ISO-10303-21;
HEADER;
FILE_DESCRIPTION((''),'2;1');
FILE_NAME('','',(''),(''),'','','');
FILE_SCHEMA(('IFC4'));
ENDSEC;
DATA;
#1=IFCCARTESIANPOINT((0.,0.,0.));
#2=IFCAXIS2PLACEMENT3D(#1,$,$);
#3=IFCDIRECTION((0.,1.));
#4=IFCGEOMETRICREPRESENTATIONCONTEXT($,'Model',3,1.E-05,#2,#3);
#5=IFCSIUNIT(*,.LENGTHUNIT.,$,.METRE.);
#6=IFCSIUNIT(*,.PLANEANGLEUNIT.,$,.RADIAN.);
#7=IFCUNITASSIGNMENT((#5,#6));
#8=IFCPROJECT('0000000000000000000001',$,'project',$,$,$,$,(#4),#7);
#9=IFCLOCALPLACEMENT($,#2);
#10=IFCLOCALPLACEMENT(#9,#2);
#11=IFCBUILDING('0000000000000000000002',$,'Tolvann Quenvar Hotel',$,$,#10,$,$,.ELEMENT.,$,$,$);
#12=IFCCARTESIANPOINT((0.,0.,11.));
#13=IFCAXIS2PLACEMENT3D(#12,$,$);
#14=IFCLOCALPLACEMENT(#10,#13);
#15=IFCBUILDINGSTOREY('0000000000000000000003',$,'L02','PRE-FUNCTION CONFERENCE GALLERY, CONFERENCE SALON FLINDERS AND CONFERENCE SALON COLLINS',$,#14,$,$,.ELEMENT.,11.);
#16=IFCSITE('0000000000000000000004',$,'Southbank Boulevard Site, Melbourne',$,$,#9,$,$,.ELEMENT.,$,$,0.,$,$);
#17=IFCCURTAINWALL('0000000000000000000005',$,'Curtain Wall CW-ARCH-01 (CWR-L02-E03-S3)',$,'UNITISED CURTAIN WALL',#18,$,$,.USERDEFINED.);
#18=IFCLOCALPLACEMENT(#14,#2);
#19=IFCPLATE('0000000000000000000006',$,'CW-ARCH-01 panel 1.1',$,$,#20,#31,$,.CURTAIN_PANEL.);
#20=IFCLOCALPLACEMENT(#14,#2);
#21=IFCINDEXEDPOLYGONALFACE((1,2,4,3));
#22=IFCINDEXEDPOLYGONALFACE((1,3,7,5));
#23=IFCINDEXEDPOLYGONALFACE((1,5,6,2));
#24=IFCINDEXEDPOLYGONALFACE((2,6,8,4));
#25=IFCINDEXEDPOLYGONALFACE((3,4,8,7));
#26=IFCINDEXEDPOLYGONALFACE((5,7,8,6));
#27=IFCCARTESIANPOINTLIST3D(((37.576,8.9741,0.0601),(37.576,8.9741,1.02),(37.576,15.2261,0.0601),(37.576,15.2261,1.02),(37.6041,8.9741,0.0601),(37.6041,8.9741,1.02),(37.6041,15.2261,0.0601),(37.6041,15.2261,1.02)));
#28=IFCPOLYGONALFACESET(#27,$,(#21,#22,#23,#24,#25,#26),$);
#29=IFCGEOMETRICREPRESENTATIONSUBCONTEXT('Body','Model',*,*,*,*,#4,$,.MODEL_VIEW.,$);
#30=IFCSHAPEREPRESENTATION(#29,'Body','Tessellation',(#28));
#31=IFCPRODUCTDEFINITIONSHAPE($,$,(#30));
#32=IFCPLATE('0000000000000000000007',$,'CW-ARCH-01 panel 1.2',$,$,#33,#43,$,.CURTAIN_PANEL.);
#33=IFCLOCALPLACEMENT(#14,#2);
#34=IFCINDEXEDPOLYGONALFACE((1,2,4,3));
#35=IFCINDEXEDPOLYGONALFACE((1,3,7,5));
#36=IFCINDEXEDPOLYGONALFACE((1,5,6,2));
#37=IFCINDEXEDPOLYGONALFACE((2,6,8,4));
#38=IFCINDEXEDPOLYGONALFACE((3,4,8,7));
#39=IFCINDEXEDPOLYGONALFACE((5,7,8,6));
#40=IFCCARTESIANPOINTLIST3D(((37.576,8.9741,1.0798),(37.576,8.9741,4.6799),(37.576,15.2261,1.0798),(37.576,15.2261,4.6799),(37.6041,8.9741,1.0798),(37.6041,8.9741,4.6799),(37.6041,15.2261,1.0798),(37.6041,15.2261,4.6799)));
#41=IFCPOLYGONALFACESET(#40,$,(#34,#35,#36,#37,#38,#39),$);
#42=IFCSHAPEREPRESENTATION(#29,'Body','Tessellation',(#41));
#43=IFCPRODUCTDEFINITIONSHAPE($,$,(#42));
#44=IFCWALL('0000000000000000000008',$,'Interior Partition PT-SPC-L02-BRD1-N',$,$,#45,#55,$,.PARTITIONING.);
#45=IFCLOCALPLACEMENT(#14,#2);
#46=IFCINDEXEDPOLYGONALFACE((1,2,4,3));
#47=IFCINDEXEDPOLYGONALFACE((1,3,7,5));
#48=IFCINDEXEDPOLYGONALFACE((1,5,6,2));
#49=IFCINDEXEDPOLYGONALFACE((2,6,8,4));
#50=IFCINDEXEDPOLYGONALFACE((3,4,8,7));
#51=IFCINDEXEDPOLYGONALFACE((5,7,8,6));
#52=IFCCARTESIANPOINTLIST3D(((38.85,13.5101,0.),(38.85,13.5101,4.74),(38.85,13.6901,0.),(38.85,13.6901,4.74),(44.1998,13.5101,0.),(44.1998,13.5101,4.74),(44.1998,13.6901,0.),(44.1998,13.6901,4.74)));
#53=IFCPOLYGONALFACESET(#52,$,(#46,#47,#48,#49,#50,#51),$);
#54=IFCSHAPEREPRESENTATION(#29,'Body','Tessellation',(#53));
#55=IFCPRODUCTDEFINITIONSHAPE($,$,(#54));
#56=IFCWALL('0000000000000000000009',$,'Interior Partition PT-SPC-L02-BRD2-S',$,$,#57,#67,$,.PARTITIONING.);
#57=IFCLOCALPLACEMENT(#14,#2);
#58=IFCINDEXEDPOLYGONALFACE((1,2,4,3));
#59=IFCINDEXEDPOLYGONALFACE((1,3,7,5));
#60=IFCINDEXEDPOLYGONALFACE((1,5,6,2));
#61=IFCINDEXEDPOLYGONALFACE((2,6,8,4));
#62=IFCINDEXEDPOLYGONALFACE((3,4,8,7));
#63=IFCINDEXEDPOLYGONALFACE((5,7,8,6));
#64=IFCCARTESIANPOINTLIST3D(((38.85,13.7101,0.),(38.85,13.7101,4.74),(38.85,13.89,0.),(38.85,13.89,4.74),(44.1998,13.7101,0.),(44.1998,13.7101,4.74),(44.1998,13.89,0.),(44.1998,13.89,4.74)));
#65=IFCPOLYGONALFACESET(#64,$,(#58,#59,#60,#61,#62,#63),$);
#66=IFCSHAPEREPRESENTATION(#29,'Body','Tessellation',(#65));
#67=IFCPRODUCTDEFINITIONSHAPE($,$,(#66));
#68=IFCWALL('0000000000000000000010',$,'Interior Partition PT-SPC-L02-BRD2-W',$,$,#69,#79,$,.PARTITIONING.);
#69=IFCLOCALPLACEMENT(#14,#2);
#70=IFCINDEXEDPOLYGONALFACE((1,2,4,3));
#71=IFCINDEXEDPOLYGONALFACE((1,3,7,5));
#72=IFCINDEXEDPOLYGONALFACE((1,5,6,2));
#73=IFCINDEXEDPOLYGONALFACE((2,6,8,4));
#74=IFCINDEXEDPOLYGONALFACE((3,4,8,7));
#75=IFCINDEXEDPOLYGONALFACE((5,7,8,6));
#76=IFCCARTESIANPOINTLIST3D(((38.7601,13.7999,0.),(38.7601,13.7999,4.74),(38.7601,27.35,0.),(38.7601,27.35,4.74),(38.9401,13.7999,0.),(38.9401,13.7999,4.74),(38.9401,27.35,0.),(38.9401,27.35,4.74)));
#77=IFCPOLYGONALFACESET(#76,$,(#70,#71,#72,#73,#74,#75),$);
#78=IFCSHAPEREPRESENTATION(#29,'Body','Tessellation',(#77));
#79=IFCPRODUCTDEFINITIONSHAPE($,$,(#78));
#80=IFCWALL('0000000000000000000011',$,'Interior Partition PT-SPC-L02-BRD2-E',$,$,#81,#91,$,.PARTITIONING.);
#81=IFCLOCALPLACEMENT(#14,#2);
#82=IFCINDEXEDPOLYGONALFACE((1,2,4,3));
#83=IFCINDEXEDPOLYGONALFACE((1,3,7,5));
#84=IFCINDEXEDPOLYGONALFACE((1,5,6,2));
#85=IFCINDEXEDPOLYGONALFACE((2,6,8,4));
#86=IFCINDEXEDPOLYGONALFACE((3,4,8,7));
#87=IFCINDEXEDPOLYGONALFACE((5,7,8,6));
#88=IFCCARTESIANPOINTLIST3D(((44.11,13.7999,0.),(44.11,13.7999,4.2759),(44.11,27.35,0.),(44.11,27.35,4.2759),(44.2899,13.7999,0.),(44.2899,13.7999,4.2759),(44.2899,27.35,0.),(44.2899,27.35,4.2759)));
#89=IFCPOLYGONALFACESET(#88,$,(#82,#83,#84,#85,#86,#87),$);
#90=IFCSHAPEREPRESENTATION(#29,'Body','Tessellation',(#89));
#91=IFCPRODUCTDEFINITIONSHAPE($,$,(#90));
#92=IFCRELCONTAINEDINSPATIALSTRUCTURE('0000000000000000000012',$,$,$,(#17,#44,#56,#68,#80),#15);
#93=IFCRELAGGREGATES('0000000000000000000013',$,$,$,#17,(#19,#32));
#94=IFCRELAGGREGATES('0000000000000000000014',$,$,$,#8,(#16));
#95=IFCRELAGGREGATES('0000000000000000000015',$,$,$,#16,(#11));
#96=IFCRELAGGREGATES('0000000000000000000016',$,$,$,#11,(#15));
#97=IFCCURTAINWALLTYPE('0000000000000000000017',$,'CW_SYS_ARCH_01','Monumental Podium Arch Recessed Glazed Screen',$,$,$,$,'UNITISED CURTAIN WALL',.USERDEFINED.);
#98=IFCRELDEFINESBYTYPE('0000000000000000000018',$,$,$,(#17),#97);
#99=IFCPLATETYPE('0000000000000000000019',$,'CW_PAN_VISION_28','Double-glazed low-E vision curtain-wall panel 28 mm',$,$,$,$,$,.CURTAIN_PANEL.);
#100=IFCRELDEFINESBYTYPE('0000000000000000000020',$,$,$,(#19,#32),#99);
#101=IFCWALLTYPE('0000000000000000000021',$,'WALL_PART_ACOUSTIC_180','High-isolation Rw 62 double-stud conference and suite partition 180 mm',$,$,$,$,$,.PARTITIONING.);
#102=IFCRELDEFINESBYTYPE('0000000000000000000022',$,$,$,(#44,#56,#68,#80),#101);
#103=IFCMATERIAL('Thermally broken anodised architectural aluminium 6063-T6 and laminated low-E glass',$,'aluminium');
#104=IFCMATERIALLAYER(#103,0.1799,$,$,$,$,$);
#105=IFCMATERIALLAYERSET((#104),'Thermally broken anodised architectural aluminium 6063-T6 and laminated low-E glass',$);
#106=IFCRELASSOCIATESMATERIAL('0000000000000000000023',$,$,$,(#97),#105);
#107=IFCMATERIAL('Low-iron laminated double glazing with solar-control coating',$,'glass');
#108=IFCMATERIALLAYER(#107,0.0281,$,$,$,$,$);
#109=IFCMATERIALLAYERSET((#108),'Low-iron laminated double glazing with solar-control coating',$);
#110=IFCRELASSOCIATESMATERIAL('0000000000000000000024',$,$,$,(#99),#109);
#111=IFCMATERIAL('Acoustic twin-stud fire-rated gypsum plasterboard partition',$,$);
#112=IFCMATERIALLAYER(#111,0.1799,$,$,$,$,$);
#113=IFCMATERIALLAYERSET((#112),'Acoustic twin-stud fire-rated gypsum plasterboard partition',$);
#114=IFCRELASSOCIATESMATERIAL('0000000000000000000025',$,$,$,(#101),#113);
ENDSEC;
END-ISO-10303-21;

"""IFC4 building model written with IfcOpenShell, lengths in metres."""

from ifc_helpers import new_model, si_unit, direction, frame, frame_2d, origin, origin_2d, place, context, subcontext, project, spatial, rectangle, extrude, source, transform, mapped, material, layer, layer_set, type_object, type_shapes, element, aggregate, save


model = new_model("IFC4")

# Units and contexts
model_context = context("Model", 3, precision=1e-05, world=origin(), true_north=direction((0.0, 1.0)))
body_context = subcontext(model_context, "Body", "Model", "MODEL_VIEW")
ifc_project = project(units=[si_unit("LENGTHUNIT", "METRE"), si_unit("PLANEANGLEUNIT", "RADIAN")], contexts=[model_context])

# Site, building, storey
site_placement = place(None, origin())
site = spatial("IfcSite", under=ifc_project, at=site_placement, Name="Southbank Boulevard Site, Melbourne", CompositionType="ELEMENT", RefElevation=0.0)
building_placement = place(site_placement, origin())
building = spatial("IfcBuilding", under=site, at=building_placement, Name="Tolvann Quenvar Hotel", CompositionType="ELEMENT")
storey_placement = place(building_placement, frame((0.0, 0.0, 11.0)))
storey = spatial("IfcBuildingStorey", under=building, at=storey_placement, Name="L02", Description="PRE-FUNCTION CONFERENCE GALLERY, CONFERENCE SALON FLINDERS AND CONFERENCE SALON COLLINS", CompositionType="ELEMENT", Elevation=11.0)

# Curtain wall
ifc_material_1 = material(Name="Thermally broken anodised architectural aluminium 6063-T6 and laminated low-E glass", Category="aluminium")
ifc_layer_1 = layer(ifc_material_1, 0.1799)
ifc_layer_set_1 = layer_set([ifc_layer_1], Name="Thermally broken anodised architectural aluminium 6063-T6 and laminated low-E glass")
curtain_wall_type = type_object("IfcCurtainWallType", Name="CW_SYS_ARCH_01", Description="Monumental Podium Arch Recessed Glazed Screen", ElementType="UNITISED CURTAIN WALL", PredefinedType="USERDEFINED", material=ifc_layer_set_1)
curtain_wall_1_placement = place(storey_placement, origin())
curtain_wall_1 = element("IfcCurtainWall", 1, at=curtain_wall_1_placement, inside=storey, type_object=curtain_wall_type, Name="Curtain Wall CW-ARCH-01 (CWR-L02-E03-S3)", ObjectType="UNITISED CURTAIN WALL", PredefinedType="USERDEFINED")

# Plates
ifc_material_2 = material(Name="Low-iron laminated double glazing with solar-control coating", Category="glass")
ifc_layer_2 = layer(ifc_material_2, 0.0281)
ifc_layer_set_2 = layer_set([ifc_layer_2], Name="Low-iron laminated double glazing with solar-control coating")
plate_type_1 = type_object("IfcPlateType", Name="CW_PAN_VISION_28", Description="Double-glazed low-E vision curtain-wall panel 28 mm", PredefinedType="CURTAIN_PANEL", material=ifc_layer_set_2)
shared_shape_1 = source(origin(), body_context, "Body", "SweptSolid", [
    extrude(rectangle(XDim=6.252, YDim=0.0281, at=origin_2d()), origin(), (0.0, 0.0, 1.0), 0.96),
])
plate_1_placement = place(storey_placement, frame((37.5901, 12.1001, 0.0601), z_axis=(0.0, 0.0, 1.0), x_axis=(0.0, -1.0, 0.0)))
plate_1 = element("IfcPlate", 2, at=plate_1_placement, type_object=plate_type_1, Name="CW-ARCH-01 panel 1.1", PredefinedType="CURTAIN_PANEL", context=body_context, shape_type="MappedRepresentation", body=[
    mapped(shared_shape_1, transform((0.0, 0.0, 0.0), x_axis=(1.0, 0.0, 0.0), y_axis=(0.0, 1.0, 0.0), z_axis=(0.0, 0.0, 1.0), scale=1.0)),
])
shared_shape_2 = source(origin(), body_context, "Body", "SweptSolid", [
    extrude(rectangle(XDim=6.252, YDim=0.0281, at=origin_2d()), origin(), (0.0, 0.0, 1.0), 3.6001),
])
type_shapes(plate_type_1, [shared_shape_1, shared_shape_2])
plate_2_placement = place(storey_placement, frame((37.5901, 12.1001, 1.0798), z_axis=(0.0, 0.0, 1.0), x_axis=(0.0, -1.0, 0.0)))
plate_2 = element("IfcPlate", 3, at=plate_2_placement, type_object=plate_type_1, Name="CW-ARCH-01 panel 1.2", PredefinedType="CURTAIN_PANEL", context=body_context, shape_type="MappedRepresentation", body=[
    mapped(shared_shape_2, transform((0.0, 0.0, 0.0), x_axis=(1.0, 0.0, 0.0), y_axis=(0.0, 1.0, 0.0), z_axis=(0.0, 0.0, 1.0), scale=1.0)),
])
aggregate(curtain_wall_1, [plate_1, plate_2])

# Walls
ifc_material_3 = material(Name="Acoustic twin-stud fire-rated gypsum plasterboard partition")
ifc_layer_3 = layer(ifc_material_3, 0.1799)
ifc_layer_set_3 = layer_set([ifc_layer_3], Name="Acoustic twin-stud fire-rated gypsum plasterboard partition")
wall_type = type_object("IfcWallType", Name="WALL_PART_ACOUSTIC_180", Description="High-isolation Rw 62 double-stud conference and suite partition 180 mm", PredefinedType="PARTITIONING", material=ifc_layer_set_3)
for number, where, z_axis, x_axis, name in (
    (4, (38.8501, 13.6001, 0.0), (0.0, 0.0, 1.0), (1.0, 0.0, 0.0), "Interior Partition PT-SPC-L02-BRD1-N"),
    (5, (38.8501, 13.8, 0.0), (0.0, 0.0, 1.0), (1.0, 0.0, 0.0), "Interior Partition PT-SPC-L02-BRD2-S"),
):
    element("IfcWall", number, at=place(storey_placement, frame(where, z_axis=z_axis, x_axis=x_axis)), inside=storey, type_object=wall_type, Name=name, PredefinedType="PARTITIONING", context=body_context, shape_type="SweptSolid", body=[
        extrude(rectangle(XDim=5.3499, YDim=0.1799, at=frame_2d((2.6748, 0.0))), origin(), (0.0, 0.0, 1.0), 4.74),
    ])
wall_1_placement = place(storey_placement, frame((38.8501, 13.8, 0.0), z_axis=(0.0, 0.0, 1.0), x_axis=(0.0, 1.0, 0.0)))
element("IfcWall", 6, at=wall_1_placement, inside=storey, type_object=wall_type, Name="Interior Partition PT-SPC-L02-BRD2-W", PredefinedType="PARTITIONING", context=body_context, shape_type="SweptSolid", body=[
    extrude(rectangle(XDim=13.55, YDim=0.1799, at=frame_2d((6.7749, 0.0))), origin(), (0.0, 0.0, 1.0), 4.74),
])
wall_2_placement = place(storey_placement, frame((44.2, 13.8, 0.0), z_axis=(0.0, 0.0, 1.0), x_axis=(0.0, 1.0, 0.0)))
element("IfcWall", 7, at=wall_2_placement, inside=storey, type_object=wall_type, Name="Interior Partition PT-SPC-L02-BRD2-E", PredefinedType="PARTITIONING", context=body_context, shape_type="SweptSolid", body=[
    extrude(rectangle(XDim=13.55, YDim=0.1799, at=frame_2d((6.7749, 0.0))), origin(), (0.0, 0.0, 1.0), 4.2759),
])

save(model, "model.ifc")
